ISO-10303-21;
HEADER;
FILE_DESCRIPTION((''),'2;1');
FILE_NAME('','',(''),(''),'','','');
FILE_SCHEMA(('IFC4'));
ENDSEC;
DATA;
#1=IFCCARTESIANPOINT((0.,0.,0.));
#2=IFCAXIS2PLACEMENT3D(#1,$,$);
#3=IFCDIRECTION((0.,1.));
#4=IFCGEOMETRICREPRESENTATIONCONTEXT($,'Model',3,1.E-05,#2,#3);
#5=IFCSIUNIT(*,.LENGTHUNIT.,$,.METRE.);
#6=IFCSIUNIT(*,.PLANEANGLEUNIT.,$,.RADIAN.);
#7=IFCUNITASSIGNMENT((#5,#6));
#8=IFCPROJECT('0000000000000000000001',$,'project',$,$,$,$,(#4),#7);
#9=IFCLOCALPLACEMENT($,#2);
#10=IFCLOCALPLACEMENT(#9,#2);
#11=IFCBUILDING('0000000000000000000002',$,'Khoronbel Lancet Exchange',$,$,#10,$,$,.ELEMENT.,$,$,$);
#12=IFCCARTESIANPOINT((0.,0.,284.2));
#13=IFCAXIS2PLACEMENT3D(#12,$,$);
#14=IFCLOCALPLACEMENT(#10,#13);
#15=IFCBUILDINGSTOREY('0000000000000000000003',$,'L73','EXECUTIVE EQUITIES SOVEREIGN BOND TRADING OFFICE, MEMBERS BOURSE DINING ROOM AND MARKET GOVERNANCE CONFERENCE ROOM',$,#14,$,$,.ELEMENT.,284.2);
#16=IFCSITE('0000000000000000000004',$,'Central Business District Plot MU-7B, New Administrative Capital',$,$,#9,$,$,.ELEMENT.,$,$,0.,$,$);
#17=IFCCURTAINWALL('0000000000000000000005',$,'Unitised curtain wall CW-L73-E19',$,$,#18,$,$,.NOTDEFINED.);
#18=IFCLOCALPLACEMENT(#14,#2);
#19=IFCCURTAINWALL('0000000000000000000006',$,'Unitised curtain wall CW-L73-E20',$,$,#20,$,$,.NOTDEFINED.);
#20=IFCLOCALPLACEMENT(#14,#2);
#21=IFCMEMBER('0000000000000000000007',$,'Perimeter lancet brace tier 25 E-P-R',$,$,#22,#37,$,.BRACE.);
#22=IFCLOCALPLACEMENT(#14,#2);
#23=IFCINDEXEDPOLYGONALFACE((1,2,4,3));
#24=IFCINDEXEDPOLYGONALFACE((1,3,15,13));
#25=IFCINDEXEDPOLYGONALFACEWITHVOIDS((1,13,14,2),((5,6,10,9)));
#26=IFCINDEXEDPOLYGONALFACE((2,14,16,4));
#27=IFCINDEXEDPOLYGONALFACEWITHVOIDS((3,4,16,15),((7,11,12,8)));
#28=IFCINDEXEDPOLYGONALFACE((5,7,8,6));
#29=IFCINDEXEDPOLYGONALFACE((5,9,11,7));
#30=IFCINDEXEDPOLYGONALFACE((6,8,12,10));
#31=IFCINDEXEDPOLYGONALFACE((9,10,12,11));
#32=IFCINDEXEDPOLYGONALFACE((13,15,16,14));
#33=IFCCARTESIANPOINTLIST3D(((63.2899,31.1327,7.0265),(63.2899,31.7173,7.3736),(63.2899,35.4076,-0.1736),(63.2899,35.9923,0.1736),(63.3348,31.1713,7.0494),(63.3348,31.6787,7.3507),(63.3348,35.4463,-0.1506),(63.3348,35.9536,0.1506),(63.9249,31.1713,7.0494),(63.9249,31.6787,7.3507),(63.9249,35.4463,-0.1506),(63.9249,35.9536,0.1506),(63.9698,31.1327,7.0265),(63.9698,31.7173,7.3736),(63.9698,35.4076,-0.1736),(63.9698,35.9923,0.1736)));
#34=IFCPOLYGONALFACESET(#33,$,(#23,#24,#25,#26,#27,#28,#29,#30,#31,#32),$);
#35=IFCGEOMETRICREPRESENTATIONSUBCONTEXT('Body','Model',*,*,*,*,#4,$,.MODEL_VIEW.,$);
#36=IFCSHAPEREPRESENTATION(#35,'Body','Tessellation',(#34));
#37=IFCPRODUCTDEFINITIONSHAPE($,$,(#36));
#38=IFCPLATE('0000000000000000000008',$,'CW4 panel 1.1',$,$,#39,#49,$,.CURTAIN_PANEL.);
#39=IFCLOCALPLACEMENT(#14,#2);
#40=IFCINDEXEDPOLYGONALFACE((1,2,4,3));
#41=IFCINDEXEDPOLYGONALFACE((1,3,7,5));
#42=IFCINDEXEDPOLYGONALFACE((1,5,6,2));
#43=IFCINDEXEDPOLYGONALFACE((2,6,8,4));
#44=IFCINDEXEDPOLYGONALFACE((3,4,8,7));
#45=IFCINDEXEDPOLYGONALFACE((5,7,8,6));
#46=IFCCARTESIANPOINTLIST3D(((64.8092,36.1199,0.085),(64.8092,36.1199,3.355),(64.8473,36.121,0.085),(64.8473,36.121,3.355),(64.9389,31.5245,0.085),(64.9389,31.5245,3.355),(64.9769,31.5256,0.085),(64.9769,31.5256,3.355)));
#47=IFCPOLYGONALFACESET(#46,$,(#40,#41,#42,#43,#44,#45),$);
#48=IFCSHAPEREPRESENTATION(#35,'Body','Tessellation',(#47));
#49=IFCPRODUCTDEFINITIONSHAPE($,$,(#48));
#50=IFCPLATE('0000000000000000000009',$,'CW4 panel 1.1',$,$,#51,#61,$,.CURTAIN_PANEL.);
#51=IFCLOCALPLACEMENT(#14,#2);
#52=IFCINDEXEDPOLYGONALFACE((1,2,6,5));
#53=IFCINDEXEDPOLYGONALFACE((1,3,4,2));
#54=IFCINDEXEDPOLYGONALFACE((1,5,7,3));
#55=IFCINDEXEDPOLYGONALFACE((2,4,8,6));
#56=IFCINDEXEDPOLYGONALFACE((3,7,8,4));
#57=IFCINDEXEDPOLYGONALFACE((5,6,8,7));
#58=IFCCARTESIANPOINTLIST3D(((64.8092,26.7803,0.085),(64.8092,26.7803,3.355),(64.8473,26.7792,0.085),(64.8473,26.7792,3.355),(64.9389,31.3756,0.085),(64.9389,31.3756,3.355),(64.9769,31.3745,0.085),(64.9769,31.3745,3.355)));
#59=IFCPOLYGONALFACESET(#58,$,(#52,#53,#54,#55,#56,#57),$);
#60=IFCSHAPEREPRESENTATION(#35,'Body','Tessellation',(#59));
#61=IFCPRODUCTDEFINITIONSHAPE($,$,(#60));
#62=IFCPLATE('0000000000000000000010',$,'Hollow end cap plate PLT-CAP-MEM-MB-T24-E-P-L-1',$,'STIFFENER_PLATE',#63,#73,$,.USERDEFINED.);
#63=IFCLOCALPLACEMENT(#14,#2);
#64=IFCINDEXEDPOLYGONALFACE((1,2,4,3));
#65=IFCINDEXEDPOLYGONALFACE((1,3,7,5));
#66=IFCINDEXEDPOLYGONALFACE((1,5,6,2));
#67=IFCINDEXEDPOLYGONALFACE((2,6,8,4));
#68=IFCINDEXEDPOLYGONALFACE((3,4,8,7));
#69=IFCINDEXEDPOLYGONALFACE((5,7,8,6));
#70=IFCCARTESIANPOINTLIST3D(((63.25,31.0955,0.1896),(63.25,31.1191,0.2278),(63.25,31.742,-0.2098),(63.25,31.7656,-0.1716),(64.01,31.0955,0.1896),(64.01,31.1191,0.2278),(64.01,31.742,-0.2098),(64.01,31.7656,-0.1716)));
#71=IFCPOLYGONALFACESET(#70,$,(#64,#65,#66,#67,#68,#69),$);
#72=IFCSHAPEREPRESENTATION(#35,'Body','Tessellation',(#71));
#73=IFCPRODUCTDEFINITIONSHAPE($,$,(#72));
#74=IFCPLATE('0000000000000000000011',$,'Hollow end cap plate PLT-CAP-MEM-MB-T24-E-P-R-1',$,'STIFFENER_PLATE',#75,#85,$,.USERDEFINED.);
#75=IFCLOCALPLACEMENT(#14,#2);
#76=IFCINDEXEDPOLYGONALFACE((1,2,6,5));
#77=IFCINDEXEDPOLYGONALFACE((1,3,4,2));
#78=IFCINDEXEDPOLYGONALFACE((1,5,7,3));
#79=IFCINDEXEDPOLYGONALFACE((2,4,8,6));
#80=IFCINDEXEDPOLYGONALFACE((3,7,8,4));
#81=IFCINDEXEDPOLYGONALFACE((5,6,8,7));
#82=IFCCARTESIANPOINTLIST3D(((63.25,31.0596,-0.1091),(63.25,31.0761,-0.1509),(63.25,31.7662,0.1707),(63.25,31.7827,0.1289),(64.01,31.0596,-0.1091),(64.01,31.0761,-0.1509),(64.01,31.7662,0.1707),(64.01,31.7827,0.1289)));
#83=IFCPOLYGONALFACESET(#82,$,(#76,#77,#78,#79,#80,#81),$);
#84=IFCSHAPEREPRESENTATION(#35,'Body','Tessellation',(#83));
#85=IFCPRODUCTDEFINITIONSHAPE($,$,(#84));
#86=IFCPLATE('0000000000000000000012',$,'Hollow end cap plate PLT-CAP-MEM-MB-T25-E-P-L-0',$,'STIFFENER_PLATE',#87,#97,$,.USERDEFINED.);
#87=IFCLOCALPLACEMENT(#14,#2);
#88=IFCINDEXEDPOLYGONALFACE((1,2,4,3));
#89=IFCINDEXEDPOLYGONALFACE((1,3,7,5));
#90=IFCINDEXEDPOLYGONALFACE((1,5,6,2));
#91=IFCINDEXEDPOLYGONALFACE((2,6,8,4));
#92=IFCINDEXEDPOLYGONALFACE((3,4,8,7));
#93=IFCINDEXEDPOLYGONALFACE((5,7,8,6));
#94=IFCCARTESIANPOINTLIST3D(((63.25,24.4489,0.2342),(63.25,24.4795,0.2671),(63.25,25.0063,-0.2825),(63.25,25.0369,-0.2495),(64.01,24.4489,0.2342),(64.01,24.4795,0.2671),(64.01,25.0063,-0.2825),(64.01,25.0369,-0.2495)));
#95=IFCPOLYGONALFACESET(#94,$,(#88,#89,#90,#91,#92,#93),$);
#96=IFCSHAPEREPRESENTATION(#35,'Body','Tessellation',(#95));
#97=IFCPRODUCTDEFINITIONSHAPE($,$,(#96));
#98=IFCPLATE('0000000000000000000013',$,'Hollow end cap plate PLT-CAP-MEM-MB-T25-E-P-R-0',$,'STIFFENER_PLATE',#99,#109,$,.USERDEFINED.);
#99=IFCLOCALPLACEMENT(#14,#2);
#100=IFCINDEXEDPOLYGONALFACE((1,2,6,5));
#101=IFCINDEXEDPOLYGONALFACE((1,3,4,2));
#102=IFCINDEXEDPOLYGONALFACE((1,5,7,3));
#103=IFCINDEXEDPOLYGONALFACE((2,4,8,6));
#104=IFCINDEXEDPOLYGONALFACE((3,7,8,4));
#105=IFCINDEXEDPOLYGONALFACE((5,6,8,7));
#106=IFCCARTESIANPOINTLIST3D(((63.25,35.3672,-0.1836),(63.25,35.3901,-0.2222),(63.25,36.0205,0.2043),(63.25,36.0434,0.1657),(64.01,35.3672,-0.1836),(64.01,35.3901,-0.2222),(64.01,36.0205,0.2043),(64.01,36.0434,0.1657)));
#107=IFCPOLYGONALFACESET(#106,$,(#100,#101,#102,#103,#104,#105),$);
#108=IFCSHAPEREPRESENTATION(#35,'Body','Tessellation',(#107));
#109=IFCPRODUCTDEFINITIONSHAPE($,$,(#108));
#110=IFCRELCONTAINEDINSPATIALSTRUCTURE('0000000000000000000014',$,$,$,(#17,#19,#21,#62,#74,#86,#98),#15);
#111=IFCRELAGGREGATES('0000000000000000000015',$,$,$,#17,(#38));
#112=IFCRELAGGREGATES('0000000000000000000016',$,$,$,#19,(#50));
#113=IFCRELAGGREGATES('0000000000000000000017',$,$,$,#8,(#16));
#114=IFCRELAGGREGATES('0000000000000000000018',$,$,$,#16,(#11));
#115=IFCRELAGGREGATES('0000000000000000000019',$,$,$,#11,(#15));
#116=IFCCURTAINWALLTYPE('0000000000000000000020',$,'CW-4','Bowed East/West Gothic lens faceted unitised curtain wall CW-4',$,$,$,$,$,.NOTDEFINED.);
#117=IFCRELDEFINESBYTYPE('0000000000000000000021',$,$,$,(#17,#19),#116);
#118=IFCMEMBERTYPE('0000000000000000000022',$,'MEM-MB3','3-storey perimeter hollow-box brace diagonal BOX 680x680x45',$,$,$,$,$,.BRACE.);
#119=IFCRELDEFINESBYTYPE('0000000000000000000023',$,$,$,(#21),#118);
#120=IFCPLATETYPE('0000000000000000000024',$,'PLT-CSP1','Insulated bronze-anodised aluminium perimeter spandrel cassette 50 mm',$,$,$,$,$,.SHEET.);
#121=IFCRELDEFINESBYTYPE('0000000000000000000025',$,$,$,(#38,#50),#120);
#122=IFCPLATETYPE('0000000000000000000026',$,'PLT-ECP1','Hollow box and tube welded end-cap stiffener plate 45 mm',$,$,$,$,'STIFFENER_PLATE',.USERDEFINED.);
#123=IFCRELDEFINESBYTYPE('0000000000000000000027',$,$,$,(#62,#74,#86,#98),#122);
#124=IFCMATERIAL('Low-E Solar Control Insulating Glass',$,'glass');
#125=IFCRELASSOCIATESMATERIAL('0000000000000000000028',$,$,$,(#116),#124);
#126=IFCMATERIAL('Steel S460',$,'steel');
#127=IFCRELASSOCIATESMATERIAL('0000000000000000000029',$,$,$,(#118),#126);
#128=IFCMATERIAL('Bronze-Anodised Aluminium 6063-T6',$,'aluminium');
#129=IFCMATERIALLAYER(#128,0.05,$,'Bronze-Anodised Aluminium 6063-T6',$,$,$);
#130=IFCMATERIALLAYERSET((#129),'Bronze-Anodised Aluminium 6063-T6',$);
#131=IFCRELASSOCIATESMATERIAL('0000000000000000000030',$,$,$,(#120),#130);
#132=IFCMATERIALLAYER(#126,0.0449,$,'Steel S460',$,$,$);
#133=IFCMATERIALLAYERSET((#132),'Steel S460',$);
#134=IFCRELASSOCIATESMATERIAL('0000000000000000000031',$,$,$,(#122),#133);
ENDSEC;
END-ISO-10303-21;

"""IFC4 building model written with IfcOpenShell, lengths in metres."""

from ifc_helpers import new_model, si_unit, direction, frame, origin, origin_2d, place, context, subcontext, project, spatial, polyline, rectangle, hollow_rectangle, outline, extrude, material, layer, layer_set, material_profile, profile_set, type_object, element, aggregate, save


model = new_model("IFC4")

# Units and contexts
model_context = context("Model", 3, precision=1e-05, world=origin(), true_north=direction((0.0, 1.0)))
body_context = subcontext(model_context, "Body", "Model", "MODEL_VIEW")
ifc_project = project(units=[si_unit("LENGTHUNIT", "METRE"), si_unit("PLANEANGLEUNIT", "RADIAN")], contexts=[model_context])

# Site, building, storey
site_placement = place(None, origin())
site = spatial("IfcSite", under=ifc_project, at=site_placement, Name="Central Business District Plot MU-7B, New Administrative Capital", CompositionType="ELEMENT", RefElevation=0.0)
building_placement = place(site_placement, origin())
building = spatial("IfcBuilding", under=site, at=building_placement, Name="Khoronbel Lancet Exchange", CompositionType="ELEMENT")
storey_placement = place(building_placement, frame((0.0, 0.0, 284.2)))
storey = spatial("IfcBuildingStorey", under=building, at=storey_placement, Name="L73", Description="EXECUTIVE EQUITIES SOVEREIGN BOND TRADING OFFICE, MEMBERS BOURSE DINING ROOM AND MARKET GOVERNANCE CONFERENCE ROOM", CompositionType="ELEMENT", Elevation=284.2)

# Curtain wall
ifc_material_1 = material(Name="Low-E Solar Control Insulating Glass", Category="glass")
curtain_wall_type = type_object("IfcCurtainWallType", Name="CW-4", Description="Bowed East/West Gothic lens faceted unitised curtain wall CW-4", PredefinedType="NOTDEFINED", material=ifc_material_1)
curtain_wall_1_placement = place(storey_placement, origin())
curtain_wall_1 = element("IfcCurtainWall", 1, at=curtain_wall_1_placement, inside=storey, type_object=curtain_wall_type, Name="Unitised curtain wall CW-L73-E19", PredefinedType="NOTDEFINED")
ifc_material_2 = material(Name="Bronze-Anodised Aluminium 6063-T6", Category="aluminium")

# Curtain wall
curtain_wall_2_placement = place(storey_placement, origin())
curtain_wall_2 = element("IfcCurtainWall", 2, at=curtain_wall_2_placement, inside=storey, type_object=curtain_wall_type, Name="Unitised curtain wall CW-L73-E20", PredefinedType="NOTDEFINED")

# Member
ifc_material_3 = material(Name="Steel S460", Category="steel")
ifc_material_profile_1 = material_profile(ifc_material_3, hollow_rectangle(XDim=0.6799, YDim=0.6799, WallThickness=0.0449, at=origin_2d()), Name="BOX 680x680x45")
ifc_profile_set_1 = profile_set([ifc_material_profile_1], Name="Steel S460")
member_type_1 = type_object("IfcMemberType", Name="MEM-MB3", Description="3-storey perimeter hollow-box brace diagonal BOX 680x680x45", PredefinedType="BRACE", material=ifc_profile_set_1)
member_1_placement = place(storey_placement, frame((63.6299, 35.7, 0.0), z_axis=(0.0, -0.510533, 0.859858), x_axis=(1.0, 0.0, 0.0)))
element("IfcMember", 3, at=member_1_placement, inside=storey, type_object=member_type_1, Name="Perimeter lancet brace tier 25 E-P-R", PredefinedType="BRACE", context=body_context, shape_type="SweptSolid", body=[
    extrude(hollow_rectangle(XDim=0.6799, YDim=0.6799, WallThickness=0.0449, at=origin_2d()), origin(), (0.0, 0.0, 1.0), 8.3735),
])

# Plates
ifc_layer_1 = layer(ifc_material_2, 0.05, Name="Bronze-Anodised Aluminium 6063-T6")
ifc_layer_set_1 = layer_set([ifc_layer_1], Name="Bronze-Anodised Aluminium 6063-T6")
plate_type_1 = type_object("IfcPlateType", Name="PLT-CSP1", Description="Insulated bronze-anodised aluminium perimeter spandrel cassette 50 mm", PredefinedType="SHEET", material=ifc_layer_set_1)
plate_1_placement = place(storey_placement, frame((64.8931, 33.8228, 0.085), z_axis=(0.0, 0.0, 1.0), x_axis=(0.028206, -0.999602, 0.0)))
plate_1 = element("IfcPlate", 4, at=plate_1_placement, type_object=plate_type_1, Name="CW4 panel 1.1", PredefinedType="CURTAIN_PANEL", context=body_context, shape_type="SweptSolid", body=[
    extrude(rectangle(XDim=4.5972, YDim=0.0381, at=origin_2d()), origin(), (0.0, 0.0, 1.0), 3.27),
])
aggregate(curtain_wall_1, [plate_1])
plate_2_placement = place(storey_placement, frame((64.8931, 29.0774, 0.085), z_axis=(0.0, 0.0, 1.0), x_axis=(-0.028206, -0.999602, 0.0)))
plate_2 = element("IfcPlate", 5, at=plate_2_placement, type_object=plate_type_1, Name="CW4 panel 1.1", PredefinedType="CURTAIN_PANEL", context=body_context, shape_type="SweptSolid", body=[
    extrude(rectangle(XDim=4.5972, YDim=0.0381, at=origin_2d()), origin(), (0.0, 0.0, 1.0), 3.27),
])
aggregate(curtain_wall_2, [plate_2])

# Plates
ifc_layer_2 = layer(ifc_material_3, 0.0449, Name="Steel S460")
ifc_layer_set_2 = layer_set([ifc_layer_2], Name="Steel S460")
plate_type_2 = type_object("IfcPlateType", Name="PLT-ECP1", Description="Hollow box and tube welded end-cap stiffener plate 45 mm", ElementType="STIFFENER_PLATE", PredefinedType="USERDEFINED", material=ifc_layer_set_2)
for number, where, z_axis, x_axis, name in (
    (6, (64.01, 31.7656, -0.1716), (0.0, 0.525602, 0.85073), (-1.0, 0.0, 0.0), "Hollow end cap plate PLT-CAP-MEM-MB-T24-E-P-L-1"),
    (7, (63.25, 31.0596, -0.1091), (0.0, -0.368176, 0.929756), (1.0, 0.0, 0.0), "Hollow end cap plate PLT-CAP-MEM-MB-T24-E-P-R-1"),
    (8, (64.01, 25.0369, -0.2495), (0.0, 0.679773, 0.733422), (-1.0, 0.0, 0.0), "Hollow end cap plate PLT-CAP-MEM-MB-T25-E-P-L-0"),
):
    element("IfcPlate", number, at=place(storey_placement, frame(where, z_axis=z_axis, x_axis=x_axis)), inside=storey, type_object=plate_type_2, Name=name, ObjectType="STIFFENER_PLATE", PredefinedType="USERDEFINED", context=body_context, shape_type="SweptSolid", body=[
        extrude(outline(polyline([(0.0, 0.0), (0.76, 0.0), (0.76, 0.76), (0.0, 0.76), (0.0, 0.0)])), origin(), (0.0, 0.0, -1.0), 0.0449),
    ])
plate_3_placement = place(storey_placement, frame((63.25, 35.3672, -0.1836), z_axis=(0.0, -0.510568, 0.859837), x_axis=(1.0, 0.0, 0.0)))
element("IfcPlate", 9, at=plate_3_placement, inside=storey, type_object=plate_type_2, Name="Hollow end cap plate PLT-CAP-MEM-MB-T25-E-P-R-0", ObjectType="STIFFENER_PLATE", PredefinedType="USERDEFINED", context=body_context, shape_type="SweptSolid", body=[
    extrude(outline(polyline([(0.0, 0.0), (0.76, 0.0), (0.76, 0.7598), (0.0, 0.7598), (0.0, 0.0)])), origin(), (0.0, 0.0, -1.0), 0.0449),
])

save(model, "model.ifc")
